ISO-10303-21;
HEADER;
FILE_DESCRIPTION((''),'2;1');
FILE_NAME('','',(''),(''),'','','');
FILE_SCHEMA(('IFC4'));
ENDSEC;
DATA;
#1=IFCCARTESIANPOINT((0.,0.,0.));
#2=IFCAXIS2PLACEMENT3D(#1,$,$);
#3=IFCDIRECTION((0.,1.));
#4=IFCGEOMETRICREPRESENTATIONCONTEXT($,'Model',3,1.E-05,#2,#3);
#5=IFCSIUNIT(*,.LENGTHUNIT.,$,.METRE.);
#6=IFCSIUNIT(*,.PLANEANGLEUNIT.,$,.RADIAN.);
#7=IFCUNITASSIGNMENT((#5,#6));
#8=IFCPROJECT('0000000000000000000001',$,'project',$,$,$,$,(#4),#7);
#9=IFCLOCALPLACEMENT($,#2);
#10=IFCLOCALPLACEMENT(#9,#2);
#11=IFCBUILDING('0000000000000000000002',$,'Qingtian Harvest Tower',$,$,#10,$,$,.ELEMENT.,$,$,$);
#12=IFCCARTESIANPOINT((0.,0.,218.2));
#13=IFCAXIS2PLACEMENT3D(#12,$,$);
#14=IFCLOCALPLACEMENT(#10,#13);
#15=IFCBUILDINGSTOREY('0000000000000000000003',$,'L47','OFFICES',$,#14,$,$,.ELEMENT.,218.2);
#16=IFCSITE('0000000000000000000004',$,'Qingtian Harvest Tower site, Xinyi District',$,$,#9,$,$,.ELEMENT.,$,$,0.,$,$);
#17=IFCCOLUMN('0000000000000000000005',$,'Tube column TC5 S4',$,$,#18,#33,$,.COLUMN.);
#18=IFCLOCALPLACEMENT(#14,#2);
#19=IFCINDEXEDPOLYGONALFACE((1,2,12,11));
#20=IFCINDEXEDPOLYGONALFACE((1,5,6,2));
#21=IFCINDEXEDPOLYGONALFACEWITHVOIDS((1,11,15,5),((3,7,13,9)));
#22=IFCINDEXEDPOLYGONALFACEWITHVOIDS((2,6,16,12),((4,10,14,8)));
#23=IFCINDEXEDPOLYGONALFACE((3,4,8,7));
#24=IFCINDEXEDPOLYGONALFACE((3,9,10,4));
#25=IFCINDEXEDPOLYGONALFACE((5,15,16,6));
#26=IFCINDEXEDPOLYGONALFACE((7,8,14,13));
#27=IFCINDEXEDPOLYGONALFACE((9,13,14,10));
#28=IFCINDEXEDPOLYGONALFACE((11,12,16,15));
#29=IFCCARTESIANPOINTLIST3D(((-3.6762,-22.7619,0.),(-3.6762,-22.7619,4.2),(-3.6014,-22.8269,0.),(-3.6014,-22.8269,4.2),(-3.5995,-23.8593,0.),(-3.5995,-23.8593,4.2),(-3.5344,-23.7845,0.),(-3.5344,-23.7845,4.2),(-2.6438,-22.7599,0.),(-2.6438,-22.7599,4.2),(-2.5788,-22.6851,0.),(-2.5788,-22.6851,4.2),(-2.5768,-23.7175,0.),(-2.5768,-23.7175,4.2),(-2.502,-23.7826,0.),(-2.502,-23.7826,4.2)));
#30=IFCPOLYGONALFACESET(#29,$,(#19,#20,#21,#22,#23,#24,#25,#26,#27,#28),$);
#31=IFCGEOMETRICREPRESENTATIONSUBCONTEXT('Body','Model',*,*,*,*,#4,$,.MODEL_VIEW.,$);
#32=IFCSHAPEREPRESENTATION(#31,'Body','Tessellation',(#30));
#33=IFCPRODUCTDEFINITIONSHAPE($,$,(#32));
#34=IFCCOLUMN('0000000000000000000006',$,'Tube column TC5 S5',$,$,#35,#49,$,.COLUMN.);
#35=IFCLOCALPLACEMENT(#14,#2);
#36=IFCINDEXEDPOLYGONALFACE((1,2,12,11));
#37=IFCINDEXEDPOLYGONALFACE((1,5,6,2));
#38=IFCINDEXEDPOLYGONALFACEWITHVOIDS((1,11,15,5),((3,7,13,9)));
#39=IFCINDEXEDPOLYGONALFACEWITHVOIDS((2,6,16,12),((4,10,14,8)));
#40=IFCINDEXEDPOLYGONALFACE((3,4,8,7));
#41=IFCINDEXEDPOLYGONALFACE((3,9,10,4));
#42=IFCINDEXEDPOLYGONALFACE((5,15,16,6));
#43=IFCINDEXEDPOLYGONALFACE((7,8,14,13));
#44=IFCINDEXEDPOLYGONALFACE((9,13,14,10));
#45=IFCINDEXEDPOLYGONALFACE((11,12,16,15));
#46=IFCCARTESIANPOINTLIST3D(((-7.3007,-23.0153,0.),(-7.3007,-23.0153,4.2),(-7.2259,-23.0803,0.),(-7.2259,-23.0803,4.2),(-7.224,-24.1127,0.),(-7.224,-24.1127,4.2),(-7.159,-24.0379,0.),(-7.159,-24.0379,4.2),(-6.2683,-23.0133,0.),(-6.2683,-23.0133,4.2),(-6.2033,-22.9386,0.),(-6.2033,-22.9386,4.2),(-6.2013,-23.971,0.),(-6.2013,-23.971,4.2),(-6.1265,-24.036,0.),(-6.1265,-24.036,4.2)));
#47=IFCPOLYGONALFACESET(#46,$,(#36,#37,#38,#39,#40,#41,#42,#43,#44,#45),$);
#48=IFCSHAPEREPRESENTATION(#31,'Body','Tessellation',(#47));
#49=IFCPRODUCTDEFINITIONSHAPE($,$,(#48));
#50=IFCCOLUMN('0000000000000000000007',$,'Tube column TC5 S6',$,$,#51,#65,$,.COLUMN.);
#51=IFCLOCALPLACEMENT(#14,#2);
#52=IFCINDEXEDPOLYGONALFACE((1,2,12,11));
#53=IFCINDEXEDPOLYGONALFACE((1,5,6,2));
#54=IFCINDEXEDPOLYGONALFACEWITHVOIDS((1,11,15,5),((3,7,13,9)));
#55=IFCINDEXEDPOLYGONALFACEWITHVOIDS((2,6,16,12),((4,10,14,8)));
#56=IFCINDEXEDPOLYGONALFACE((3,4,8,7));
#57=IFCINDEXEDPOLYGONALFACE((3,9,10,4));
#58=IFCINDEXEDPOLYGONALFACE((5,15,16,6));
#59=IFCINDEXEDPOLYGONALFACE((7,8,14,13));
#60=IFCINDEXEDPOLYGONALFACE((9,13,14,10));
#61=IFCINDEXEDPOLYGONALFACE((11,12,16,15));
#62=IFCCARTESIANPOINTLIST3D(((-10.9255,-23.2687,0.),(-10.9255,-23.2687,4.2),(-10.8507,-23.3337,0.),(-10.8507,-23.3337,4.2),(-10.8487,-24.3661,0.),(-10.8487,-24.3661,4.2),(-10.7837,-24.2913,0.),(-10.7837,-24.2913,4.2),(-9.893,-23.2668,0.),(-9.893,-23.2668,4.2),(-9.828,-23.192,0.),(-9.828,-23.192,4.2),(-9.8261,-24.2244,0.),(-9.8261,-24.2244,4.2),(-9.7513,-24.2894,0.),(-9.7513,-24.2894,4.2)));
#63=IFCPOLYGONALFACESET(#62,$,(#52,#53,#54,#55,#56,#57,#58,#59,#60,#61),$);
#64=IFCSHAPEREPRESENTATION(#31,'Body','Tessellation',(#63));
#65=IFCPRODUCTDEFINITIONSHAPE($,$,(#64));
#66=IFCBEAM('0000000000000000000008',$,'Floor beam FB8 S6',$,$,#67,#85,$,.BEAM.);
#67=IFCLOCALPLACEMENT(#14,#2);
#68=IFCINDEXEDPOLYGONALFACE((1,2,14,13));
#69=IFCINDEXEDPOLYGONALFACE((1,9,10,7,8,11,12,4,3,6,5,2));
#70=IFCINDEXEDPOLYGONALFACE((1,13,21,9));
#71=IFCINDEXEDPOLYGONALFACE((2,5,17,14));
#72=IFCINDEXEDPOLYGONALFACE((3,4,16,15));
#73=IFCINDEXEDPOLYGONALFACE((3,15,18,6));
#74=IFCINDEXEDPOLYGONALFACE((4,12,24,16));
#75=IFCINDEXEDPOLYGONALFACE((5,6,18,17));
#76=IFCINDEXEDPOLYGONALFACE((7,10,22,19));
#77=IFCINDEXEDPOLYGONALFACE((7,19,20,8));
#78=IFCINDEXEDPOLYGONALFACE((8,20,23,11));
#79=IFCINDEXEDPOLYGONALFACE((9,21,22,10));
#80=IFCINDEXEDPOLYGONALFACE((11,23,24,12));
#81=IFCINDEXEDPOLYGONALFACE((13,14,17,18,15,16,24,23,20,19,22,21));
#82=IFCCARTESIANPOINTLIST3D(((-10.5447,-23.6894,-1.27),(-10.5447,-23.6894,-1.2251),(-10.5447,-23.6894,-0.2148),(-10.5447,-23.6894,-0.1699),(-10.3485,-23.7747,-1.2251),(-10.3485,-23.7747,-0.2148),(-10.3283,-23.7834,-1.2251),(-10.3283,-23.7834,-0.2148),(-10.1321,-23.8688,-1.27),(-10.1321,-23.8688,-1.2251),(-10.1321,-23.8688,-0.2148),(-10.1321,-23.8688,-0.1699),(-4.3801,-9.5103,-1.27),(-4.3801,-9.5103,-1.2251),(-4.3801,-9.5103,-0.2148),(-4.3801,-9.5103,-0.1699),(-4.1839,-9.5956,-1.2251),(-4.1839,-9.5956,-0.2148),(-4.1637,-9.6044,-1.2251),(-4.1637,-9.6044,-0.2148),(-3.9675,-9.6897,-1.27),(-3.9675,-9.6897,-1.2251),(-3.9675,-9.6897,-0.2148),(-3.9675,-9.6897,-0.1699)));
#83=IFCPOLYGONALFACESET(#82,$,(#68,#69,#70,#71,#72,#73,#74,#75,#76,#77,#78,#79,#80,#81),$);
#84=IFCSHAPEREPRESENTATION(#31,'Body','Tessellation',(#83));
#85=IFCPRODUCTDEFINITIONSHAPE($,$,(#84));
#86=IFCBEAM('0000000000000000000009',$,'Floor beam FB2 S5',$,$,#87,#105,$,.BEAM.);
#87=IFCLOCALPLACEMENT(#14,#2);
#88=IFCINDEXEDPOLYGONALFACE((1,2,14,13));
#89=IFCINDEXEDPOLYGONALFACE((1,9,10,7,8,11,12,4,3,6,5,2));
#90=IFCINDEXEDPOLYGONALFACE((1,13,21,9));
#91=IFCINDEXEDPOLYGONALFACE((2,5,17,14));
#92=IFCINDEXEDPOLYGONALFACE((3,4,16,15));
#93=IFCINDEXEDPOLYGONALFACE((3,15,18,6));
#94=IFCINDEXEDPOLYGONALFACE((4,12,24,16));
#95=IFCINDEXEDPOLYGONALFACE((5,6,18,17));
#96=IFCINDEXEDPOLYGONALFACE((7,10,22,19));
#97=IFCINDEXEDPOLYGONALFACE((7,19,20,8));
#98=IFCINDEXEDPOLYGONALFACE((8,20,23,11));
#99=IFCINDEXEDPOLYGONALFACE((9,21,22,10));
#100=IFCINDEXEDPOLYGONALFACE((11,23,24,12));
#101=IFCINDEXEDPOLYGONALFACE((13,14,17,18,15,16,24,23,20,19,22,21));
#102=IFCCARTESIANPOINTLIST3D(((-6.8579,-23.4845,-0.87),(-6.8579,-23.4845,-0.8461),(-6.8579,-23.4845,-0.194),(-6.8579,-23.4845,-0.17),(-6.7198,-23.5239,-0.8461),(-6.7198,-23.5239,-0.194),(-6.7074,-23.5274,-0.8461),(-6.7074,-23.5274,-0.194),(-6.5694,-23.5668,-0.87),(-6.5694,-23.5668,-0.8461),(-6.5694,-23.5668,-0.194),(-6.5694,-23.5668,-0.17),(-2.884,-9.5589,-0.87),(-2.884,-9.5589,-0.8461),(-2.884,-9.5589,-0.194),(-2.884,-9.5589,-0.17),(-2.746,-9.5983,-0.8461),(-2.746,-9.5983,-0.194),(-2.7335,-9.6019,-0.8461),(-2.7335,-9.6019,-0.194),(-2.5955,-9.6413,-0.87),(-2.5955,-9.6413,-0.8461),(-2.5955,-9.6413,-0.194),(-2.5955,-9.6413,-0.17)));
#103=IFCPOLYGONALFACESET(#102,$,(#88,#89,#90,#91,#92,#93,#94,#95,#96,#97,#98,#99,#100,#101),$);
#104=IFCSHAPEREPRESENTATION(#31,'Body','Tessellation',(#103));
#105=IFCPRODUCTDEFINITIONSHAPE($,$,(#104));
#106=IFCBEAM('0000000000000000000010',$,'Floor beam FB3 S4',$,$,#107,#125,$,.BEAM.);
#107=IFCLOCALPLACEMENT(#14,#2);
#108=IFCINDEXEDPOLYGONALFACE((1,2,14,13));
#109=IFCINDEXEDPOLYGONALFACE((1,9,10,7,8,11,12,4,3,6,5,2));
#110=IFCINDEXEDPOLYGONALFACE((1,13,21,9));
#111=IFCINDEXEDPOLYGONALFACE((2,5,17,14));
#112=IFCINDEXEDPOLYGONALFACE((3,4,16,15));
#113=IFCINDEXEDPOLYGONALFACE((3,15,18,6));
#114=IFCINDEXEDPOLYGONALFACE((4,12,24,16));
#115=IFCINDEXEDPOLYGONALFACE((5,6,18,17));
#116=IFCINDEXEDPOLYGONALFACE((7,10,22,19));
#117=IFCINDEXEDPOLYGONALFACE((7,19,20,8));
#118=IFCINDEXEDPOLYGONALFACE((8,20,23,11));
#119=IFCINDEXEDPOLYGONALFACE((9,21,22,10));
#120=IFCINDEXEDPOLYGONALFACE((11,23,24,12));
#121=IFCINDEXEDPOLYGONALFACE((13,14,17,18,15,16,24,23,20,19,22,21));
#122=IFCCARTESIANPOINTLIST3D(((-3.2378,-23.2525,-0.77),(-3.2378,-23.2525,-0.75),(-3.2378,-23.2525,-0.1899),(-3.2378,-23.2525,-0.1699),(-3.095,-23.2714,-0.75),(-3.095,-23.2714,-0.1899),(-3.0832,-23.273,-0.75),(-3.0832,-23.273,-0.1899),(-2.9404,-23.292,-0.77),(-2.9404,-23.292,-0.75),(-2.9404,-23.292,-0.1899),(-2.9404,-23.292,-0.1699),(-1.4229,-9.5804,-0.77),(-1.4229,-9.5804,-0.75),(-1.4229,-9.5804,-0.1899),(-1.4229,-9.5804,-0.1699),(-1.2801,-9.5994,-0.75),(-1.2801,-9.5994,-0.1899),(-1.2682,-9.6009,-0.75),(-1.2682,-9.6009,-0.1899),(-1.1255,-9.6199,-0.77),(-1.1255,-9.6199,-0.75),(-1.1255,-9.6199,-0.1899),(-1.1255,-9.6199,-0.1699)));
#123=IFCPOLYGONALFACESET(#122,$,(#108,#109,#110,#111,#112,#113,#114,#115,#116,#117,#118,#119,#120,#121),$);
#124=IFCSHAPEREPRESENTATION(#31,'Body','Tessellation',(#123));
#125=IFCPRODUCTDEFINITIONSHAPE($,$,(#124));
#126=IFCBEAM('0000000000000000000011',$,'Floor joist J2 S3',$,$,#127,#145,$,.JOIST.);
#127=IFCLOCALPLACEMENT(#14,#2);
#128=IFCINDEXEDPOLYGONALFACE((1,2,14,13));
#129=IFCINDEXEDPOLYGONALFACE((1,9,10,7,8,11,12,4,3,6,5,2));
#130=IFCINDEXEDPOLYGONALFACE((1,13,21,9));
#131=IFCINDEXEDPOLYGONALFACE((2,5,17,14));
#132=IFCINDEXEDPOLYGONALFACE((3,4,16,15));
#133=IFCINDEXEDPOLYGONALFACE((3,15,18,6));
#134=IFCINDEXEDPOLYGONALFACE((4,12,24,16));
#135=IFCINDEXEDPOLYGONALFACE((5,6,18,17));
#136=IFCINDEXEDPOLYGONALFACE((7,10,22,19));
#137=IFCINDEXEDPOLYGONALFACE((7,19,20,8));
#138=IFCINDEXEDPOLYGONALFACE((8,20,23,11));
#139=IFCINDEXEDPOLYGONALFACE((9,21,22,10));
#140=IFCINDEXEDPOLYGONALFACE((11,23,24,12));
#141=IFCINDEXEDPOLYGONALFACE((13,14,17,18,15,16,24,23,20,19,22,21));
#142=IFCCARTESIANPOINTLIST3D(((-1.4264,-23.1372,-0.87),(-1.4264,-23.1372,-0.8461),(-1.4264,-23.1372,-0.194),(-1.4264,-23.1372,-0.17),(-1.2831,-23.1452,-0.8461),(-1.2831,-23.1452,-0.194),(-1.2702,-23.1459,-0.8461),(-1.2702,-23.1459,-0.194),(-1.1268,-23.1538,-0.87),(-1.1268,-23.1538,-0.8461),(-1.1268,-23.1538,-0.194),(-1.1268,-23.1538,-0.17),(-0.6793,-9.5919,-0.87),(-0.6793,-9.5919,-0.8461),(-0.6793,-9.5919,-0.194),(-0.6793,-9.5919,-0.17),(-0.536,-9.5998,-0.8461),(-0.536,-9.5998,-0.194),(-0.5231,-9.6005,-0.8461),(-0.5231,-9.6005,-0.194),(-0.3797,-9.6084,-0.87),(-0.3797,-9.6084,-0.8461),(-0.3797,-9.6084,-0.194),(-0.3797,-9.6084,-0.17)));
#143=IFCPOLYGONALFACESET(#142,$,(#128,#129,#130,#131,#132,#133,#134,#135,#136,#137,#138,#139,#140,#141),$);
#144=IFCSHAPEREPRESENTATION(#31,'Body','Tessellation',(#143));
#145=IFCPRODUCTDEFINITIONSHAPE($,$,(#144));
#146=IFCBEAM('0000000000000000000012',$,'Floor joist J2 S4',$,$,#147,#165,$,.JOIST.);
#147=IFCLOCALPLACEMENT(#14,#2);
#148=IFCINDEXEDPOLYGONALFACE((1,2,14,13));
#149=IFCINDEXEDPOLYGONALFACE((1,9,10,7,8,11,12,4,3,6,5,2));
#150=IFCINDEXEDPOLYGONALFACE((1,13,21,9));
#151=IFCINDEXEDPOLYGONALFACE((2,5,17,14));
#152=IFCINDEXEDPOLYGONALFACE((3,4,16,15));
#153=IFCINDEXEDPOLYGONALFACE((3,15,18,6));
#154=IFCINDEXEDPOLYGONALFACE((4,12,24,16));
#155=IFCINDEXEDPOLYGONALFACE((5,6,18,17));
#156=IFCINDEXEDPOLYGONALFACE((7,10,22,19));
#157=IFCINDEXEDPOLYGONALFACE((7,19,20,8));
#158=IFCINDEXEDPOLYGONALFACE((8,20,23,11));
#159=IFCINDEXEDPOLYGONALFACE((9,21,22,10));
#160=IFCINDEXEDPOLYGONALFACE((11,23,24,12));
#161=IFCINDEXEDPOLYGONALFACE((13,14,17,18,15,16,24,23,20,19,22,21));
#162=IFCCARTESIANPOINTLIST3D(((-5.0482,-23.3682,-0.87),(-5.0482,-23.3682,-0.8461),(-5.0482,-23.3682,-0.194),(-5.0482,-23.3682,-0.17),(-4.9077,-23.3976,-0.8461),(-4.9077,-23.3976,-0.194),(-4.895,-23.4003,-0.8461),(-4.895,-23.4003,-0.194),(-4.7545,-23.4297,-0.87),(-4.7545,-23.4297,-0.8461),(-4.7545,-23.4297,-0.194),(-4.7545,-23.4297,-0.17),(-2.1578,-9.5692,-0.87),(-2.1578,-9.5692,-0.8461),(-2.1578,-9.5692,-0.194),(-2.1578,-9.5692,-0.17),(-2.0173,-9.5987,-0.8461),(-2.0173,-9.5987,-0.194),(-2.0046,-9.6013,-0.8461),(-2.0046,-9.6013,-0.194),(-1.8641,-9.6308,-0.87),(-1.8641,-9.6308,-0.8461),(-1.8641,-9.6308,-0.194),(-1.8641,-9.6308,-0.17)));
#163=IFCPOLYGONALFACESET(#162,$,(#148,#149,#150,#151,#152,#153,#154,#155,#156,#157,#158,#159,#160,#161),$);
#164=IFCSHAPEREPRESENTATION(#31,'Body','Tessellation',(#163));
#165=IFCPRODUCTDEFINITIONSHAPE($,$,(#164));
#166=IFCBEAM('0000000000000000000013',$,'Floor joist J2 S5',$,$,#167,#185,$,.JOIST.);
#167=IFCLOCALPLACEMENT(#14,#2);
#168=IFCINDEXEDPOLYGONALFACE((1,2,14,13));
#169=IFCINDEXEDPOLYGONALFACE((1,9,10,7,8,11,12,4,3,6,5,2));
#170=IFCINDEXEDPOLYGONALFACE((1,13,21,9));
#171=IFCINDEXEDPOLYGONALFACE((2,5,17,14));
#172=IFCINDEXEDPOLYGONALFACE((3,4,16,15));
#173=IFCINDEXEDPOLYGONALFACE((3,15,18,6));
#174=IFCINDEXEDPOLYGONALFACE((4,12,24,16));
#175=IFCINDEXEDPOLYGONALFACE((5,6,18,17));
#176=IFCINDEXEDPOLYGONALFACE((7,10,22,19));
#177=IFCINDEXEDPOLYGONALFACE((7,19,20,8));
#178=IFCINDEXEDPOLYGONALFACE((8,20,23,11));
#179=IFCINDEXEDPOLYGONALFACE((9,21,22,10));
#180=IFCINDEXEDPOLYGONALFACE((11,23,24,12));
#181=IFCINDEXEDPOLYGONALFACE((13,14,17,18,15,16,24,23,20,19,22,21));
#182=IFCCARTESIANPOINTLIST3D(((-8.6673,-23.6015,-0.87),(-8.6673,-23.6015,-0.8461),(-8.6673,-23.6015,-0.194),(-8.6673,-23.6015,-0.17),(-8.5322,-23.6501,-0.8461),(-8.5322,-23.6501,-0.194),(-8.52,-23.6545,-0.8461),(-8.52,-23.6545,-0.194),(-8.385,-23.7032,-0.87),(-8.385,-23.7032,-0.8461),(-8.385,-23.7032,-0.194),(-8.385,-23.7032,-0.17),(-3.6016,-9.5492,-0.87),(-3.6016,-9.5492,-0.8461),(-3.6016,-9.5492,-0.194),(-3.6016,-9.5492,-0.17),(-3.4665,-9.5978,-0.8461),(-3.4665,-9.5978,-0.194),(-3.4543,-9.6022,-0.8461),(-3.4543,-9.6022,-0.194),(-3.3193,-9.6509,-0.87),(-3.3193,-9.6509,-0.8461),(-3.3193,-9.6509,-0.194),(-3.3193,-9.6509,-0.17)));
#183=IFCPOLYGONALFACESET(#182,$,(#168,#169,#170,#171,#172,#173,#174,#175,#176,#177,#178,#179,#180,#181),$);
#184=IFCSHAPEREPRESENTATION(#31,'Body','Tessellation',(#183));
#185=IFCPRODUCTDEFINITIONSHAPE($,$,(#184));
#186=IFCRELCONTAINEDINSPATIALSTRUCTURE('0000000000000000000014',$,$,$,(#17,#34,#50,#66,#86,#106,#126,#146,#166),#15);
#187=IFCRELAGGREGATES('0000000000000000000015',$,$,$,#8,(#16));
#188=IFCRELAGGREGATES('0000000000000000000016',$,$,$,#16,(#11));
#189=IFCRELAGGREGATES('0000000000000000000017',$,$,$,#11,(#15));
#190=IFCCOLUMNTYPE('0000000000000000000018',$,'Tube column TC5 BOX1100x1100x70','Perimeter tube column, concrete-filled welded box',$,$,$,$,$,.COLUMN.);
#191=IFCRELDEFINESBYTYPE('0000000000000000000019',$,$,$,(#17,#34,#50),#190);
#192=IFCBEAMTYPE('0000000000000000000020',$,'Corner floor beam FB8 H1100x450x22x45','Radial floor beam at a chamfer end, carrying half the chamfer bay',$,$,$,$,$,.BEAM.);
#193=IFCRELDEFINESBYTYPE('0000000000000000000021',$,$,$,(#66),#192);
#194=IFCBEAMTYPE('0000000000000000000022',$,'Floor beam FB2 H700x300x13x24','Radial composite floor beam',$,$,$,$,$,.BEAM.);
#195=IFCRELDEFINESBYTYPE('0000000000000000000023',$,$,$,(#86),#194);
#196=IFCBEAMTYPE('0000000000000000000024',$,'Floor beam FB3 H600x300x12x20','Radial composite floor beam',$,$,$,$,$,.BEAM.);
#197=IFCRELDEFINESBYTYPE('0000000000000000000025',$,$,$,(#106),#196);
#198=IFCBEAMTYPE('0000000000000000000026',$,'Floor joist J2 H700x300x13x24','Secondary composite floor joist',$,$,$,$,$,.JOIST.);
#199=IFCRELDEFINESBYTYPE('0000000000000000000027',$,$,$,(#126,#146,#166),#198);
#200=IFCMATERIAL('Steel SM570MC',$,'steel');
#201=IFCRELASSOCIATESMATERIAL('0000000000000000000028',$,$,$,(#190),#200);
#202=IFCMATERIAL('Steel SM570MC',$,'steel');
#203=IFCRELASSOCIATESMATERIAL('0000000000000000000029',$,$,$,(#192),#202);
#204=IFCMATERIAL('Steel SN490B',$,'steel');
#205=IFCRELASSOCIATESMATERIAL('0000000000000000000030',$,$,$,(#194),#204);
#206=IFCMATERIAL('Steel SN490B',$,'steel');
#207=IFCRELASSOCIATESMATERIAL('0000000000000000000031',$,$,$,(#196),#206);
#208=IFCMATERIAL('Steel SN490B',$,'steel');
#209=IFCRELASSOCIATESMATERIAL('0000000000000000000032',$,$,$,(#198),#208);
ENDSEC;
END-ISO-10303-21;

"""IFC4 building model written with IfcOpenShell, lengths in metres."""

from ifc_helpers import new_model, si_unit, direction, frame, origin, origin_2d, place, context, subcontext, project, spatial, hollow_rectangle, i_section, extrude, material, material_profile, profile_set, type_object, element, save


model = new_model("IFC4")

# Units and contexts
model_context = context("Model", 3, precision=1e-05, world=origin(), true_north=direction((0.0, 1.0)))
body_context = subcontext(model_context, "Body", "Model", "MODEL_VIEW")
ifc_project = project(units=[si_unit("LENGTHUNIT", "METRE"), si_unit("PLANEANGLEUNIT", "RADIAN")], contexts=[model_context])

# Site, building, storey
site_placement = place(None, origin())
site = spatial("IfcSite", under=ifc_project, at=site_placement, Name="Qingtian Harvest Tower site, Xinyi District", CompositionType="ELEMENT", RefElevation=0.0)
building_placement = place(site_placement, origin())
building = spatial("IfcBuilding", under=site, at=building_placement, Name="Qingtian Harvest Tower", CompositionType="ELEMENT")
storey_placement = place(building_placement, frame((0.0, 0.0, 218.2)))
storey = spatial("IfcBuildingStorey", under=building, at=storey_placement, Name="L47", Description="OFFICES", CompositionType="ELEMENT", Elevation=218.2)

# Columns
ifc_material_1 = material(Name="Steel SM570MC", Category="steel")
ifc_material_profile_1 = material_profile(ifc_material_1, hollow_rectangle(XDim=1.1001, YDim=1.1001, WallThickness=0.0701, at=origin_2d()), Name="BOX1100x1100x70")
ifc_profile_set_1 = profile_set([ifc_material_profile_1], Name="Steel SM570MC")
column_type = type_object("IfcColumnType", Name="Tube column TC5 BOX1100x1100x70", Description="Perimeter tube column, concrete-filled welded box", PredefinedType="COLUMN", material=ifc_profile_set_1)
for number, where, z_axis, x_axis, name in (
    (1, (-3.0891, -23.2722, 0.0), (0.0, 0.0, 1.0), (0.997564, 0.069756, 0.0), "Tube column TC5 S4"),
    (2, (-6.7136, -23.5256, 0.0), (0.0, 0.0, 1.0), (0.997564, 0.069756, 0.0), "Tube column TC5 S5"),
    (3, (-10.3384, -23.7791, 0.0), (0.0, 0.0, 1.0), (0.997564, 0.069756, 0.0), "Tube column TC5 S6"),
):
    element("IfcColumn", number, at=place(storey_placement, frame(where, z_axis=z_axis, x_axis=x_axis)), inside=storey, type_object=column_type, Name=name, PredefinedType="COLUMN", context=body_context, shape_type="SweptSolid", body=[
        extrude(hollow_rectangle(XDim=1.1001, YDim=1.1001, WallThickness=0.0701, at=origin_2d()), origin(), (0.0, 0.0, 1.0), 4.2),
    ])

# Beams
ifc_material_2 = material(Name="Steel SM570MC", Category="steel")
ifc_material_profile_2 = material_profile(ifc_material_2, i_section(OverallWidth=0.45, OverallDepth=1.1001, WebThickness=0.022, FlangeThickness=0.0449, at=origin_2d()), Name="H1100x450x22x45")
ifc_profile_set_2 = profile_set([ifc_material_profile_2], Name="Steel SM570MC")
beam_type_1 = type_object("IfcBeamType", Name="Corner floor beam FB8 H1100x450x22x45", Description="Radial floor beam at a chamfer end, carrying half the chamfer bay", PredefinedType="BEAM", material=ifc_profile_set_2)
beam_1_placement = place(storey_placement, frame((-10.3384, -23.7791, -0.72), z_axis=(0.398715, 0.917075, 0.0), x_axis=(-0.917075, 0.398715, 0.0)))
element("IfcBeam", 4, at=beam_1_placement, inside=storey, type_object=beam_type_1, Name="Floor beam FB8 S6", PredefinedType="BEAM", context=body_context, shape_type="SweptSolid", body=[
    extrude(i_section(OverallWidth=0.45, OverallDepth=1.1001, WebThickness=0.022, FlangeThickness=0.0449, at=origin_2d()), origin(), (0.0, 0.0, 1.0), 15.4612),
])
ifc_material_3 = material(Name="Steel SN490B", Category="steel")
ifc_material_profile_3 = material_profile(ifc_material_3, i_section(OverallWidth=0.3, OverallDepth=0.7, WebThickness=0.0129, FlangeThickness=0.0239, at=origin_2d()), Name="H700x300x13x24")
ifc_profile_set_3 = profile_set([ifc_material_profile_3], Name="Steel SN490B")
beam_type_2 = type_object("IfcBeamType", Name="Floor beam FB2 H700x300x13x24", Description="Radial composite floor beam", PredefinedType="BEAM", material=ifc_profile_set_3)
beam_2_placement = place(storey_placement, frame((-6.7136, -23.5256, -0.52), z_axis=(0.274412, 0.961612, 0.0), x_axis=(-0.961612, 0.274412, 0.0)))
element("IfcBeam", 5, at=beam_2_placement, inside=storey, type_object=beam_type_2, Name="Floor beam FB2 S5", PredefinedType="BEAM", context=body_context, shape_type="SweptSolid", body=[
    extrude(i_section(OverallWidth=0.3, OverallDepth=0.7, WebThickness=0.0129, FlangeThickness=0.0239, at=origin_2d()), origin(), (0.0, 0.0, 1.0), 14.4814),
])
ifc_material_4 = material(Name="Steel SN490B", Category="steel")
ifc_material_profile_4 = material_profile(ifc_material_4, i_section(OverallWidth=0.3, OverallDepth=0.6001, WebThickness=0.012, FlangeThickness=0.02, at=origin_2d()), Name="H600x300x12x20")
ifc_profile_set_4 = profile_set([ifc_material_profile_4], Name="Steel SN490B")
beam_type_3 = type_object("IfcBeamType", Name="Floor beam FB3 H600x300x12x20", Description="Radial composite floor beam", PredefinedType="BEAM", material=ifc_profile_set_4)
beam_3_placement = place(storey_placement, frame((-3.0891, -23.2722, -0.47), z_axis=(0.131593, 0.991304, 0.0), x_axis=(-0.991304, 0.131593, 0.0)))
element("IfcBeam", 6, at=beam_3_placement, inside=storey, type_object=beam_type_3, Name="Floor beam FB3 S4", PredefinedType="BEAM", context=body_context, shape_type="SweptSolid", body=[
    extrude(i_section(OverallWidth=0.3, OverallDepth=0.6001, WebThickness=0.012, FlangeThickness=0.02, at=origin_2d()), origin(), (0.0, 0.0, 1.0), 13.792),
])
ifc_material_5 = material(Name="Steel SN490B", Category="steel")
ifc_material_profile_5 = material_profile(ifc_material_5, i_section(OverallWidth=0.3, OverallDepth=0.7, WebThickness=0.0129, FlangeThickness=0.0239, at=origin_2d()), Name="H700x300x13x24")
ifc_profile_set_5 = profile_set([ifc_material_profile_5], Name="Steel SN490B")
beam_type_4 = type_object("IfcBeamType", Name="Floor joist J2 H700x300x13x24", Description="Secondary composite floor joist", PredefinedType="JOIST", material=ifc_profile_set_5)
beam_4_placement = place(storey_placement, frame((-1.2766, -23.1455, -0.52), z_axis=(0.055069, 0.998483, 0.0), x_axis=(-0.998483, 0.055069, 0.0)))
element("IfcBeam", 7, at=beam_4_placement, inside=storey, type_object=beam_type_4, Name="Floor joist J2 S3", PredefinedType="JOIST", context=body_context, shape_type="SweptSolid", body=[
    extrude(i_section(OverallWidth=0.3, OverallDepth=0.7, WebThickness=0.0129, FlangeThickness=0.0239, at=origin_2d()), origin(), (0.0, 0.0, 1.0), 13.5659),
])
beam_5_placement = place(storey_placement, frame((-4.9014, -23.3989, -0.52), z_axis=(0.205016, 0.978759, 0.0), x_axis=(-0.978759, 0.205016, 0.0)))
element("IfcBeam", 8, at=beam_5_placement, inside=storey, type_object=beam_type_4, Name="Floor joist J2 S4", PredefinedType="JOIST", context=body_context, shape_type="SweptSolid", body=[
    extrude(i_section(OverallWidth=0.3, OverallDepth=0.7, WebThickness=0.0129, FlangeThickness=0.0239, at=origin_2d()), origin(), (0.0, 0.0, 1.0), 14.0984),
])
beam_6_placement = place(storey_placement, frame((-8.5261, -23.6523, -0.52), z_axis=(0.339126, 0.940741, 0.0), x_axis=(-0.940741, 0.339126, 0.0)))
element("IfcBeam", 9, at=beam_6_placement, inside=storey, type_object=beam_type_4, Name="Floor joist J2 S5", PredefinedType="JOIST", context=body_context, shape_type="SweptSolid", body=[
    extrude(i_section(OverallWidth=0.3, OverallDepth=0.7, WebThickness=0.0129, FlangeThickness=0.0239, at=origin_2d()), origin(), (0.0, 0.0, 1.0), 14.9375),
])

save(model, "model.ifc")
